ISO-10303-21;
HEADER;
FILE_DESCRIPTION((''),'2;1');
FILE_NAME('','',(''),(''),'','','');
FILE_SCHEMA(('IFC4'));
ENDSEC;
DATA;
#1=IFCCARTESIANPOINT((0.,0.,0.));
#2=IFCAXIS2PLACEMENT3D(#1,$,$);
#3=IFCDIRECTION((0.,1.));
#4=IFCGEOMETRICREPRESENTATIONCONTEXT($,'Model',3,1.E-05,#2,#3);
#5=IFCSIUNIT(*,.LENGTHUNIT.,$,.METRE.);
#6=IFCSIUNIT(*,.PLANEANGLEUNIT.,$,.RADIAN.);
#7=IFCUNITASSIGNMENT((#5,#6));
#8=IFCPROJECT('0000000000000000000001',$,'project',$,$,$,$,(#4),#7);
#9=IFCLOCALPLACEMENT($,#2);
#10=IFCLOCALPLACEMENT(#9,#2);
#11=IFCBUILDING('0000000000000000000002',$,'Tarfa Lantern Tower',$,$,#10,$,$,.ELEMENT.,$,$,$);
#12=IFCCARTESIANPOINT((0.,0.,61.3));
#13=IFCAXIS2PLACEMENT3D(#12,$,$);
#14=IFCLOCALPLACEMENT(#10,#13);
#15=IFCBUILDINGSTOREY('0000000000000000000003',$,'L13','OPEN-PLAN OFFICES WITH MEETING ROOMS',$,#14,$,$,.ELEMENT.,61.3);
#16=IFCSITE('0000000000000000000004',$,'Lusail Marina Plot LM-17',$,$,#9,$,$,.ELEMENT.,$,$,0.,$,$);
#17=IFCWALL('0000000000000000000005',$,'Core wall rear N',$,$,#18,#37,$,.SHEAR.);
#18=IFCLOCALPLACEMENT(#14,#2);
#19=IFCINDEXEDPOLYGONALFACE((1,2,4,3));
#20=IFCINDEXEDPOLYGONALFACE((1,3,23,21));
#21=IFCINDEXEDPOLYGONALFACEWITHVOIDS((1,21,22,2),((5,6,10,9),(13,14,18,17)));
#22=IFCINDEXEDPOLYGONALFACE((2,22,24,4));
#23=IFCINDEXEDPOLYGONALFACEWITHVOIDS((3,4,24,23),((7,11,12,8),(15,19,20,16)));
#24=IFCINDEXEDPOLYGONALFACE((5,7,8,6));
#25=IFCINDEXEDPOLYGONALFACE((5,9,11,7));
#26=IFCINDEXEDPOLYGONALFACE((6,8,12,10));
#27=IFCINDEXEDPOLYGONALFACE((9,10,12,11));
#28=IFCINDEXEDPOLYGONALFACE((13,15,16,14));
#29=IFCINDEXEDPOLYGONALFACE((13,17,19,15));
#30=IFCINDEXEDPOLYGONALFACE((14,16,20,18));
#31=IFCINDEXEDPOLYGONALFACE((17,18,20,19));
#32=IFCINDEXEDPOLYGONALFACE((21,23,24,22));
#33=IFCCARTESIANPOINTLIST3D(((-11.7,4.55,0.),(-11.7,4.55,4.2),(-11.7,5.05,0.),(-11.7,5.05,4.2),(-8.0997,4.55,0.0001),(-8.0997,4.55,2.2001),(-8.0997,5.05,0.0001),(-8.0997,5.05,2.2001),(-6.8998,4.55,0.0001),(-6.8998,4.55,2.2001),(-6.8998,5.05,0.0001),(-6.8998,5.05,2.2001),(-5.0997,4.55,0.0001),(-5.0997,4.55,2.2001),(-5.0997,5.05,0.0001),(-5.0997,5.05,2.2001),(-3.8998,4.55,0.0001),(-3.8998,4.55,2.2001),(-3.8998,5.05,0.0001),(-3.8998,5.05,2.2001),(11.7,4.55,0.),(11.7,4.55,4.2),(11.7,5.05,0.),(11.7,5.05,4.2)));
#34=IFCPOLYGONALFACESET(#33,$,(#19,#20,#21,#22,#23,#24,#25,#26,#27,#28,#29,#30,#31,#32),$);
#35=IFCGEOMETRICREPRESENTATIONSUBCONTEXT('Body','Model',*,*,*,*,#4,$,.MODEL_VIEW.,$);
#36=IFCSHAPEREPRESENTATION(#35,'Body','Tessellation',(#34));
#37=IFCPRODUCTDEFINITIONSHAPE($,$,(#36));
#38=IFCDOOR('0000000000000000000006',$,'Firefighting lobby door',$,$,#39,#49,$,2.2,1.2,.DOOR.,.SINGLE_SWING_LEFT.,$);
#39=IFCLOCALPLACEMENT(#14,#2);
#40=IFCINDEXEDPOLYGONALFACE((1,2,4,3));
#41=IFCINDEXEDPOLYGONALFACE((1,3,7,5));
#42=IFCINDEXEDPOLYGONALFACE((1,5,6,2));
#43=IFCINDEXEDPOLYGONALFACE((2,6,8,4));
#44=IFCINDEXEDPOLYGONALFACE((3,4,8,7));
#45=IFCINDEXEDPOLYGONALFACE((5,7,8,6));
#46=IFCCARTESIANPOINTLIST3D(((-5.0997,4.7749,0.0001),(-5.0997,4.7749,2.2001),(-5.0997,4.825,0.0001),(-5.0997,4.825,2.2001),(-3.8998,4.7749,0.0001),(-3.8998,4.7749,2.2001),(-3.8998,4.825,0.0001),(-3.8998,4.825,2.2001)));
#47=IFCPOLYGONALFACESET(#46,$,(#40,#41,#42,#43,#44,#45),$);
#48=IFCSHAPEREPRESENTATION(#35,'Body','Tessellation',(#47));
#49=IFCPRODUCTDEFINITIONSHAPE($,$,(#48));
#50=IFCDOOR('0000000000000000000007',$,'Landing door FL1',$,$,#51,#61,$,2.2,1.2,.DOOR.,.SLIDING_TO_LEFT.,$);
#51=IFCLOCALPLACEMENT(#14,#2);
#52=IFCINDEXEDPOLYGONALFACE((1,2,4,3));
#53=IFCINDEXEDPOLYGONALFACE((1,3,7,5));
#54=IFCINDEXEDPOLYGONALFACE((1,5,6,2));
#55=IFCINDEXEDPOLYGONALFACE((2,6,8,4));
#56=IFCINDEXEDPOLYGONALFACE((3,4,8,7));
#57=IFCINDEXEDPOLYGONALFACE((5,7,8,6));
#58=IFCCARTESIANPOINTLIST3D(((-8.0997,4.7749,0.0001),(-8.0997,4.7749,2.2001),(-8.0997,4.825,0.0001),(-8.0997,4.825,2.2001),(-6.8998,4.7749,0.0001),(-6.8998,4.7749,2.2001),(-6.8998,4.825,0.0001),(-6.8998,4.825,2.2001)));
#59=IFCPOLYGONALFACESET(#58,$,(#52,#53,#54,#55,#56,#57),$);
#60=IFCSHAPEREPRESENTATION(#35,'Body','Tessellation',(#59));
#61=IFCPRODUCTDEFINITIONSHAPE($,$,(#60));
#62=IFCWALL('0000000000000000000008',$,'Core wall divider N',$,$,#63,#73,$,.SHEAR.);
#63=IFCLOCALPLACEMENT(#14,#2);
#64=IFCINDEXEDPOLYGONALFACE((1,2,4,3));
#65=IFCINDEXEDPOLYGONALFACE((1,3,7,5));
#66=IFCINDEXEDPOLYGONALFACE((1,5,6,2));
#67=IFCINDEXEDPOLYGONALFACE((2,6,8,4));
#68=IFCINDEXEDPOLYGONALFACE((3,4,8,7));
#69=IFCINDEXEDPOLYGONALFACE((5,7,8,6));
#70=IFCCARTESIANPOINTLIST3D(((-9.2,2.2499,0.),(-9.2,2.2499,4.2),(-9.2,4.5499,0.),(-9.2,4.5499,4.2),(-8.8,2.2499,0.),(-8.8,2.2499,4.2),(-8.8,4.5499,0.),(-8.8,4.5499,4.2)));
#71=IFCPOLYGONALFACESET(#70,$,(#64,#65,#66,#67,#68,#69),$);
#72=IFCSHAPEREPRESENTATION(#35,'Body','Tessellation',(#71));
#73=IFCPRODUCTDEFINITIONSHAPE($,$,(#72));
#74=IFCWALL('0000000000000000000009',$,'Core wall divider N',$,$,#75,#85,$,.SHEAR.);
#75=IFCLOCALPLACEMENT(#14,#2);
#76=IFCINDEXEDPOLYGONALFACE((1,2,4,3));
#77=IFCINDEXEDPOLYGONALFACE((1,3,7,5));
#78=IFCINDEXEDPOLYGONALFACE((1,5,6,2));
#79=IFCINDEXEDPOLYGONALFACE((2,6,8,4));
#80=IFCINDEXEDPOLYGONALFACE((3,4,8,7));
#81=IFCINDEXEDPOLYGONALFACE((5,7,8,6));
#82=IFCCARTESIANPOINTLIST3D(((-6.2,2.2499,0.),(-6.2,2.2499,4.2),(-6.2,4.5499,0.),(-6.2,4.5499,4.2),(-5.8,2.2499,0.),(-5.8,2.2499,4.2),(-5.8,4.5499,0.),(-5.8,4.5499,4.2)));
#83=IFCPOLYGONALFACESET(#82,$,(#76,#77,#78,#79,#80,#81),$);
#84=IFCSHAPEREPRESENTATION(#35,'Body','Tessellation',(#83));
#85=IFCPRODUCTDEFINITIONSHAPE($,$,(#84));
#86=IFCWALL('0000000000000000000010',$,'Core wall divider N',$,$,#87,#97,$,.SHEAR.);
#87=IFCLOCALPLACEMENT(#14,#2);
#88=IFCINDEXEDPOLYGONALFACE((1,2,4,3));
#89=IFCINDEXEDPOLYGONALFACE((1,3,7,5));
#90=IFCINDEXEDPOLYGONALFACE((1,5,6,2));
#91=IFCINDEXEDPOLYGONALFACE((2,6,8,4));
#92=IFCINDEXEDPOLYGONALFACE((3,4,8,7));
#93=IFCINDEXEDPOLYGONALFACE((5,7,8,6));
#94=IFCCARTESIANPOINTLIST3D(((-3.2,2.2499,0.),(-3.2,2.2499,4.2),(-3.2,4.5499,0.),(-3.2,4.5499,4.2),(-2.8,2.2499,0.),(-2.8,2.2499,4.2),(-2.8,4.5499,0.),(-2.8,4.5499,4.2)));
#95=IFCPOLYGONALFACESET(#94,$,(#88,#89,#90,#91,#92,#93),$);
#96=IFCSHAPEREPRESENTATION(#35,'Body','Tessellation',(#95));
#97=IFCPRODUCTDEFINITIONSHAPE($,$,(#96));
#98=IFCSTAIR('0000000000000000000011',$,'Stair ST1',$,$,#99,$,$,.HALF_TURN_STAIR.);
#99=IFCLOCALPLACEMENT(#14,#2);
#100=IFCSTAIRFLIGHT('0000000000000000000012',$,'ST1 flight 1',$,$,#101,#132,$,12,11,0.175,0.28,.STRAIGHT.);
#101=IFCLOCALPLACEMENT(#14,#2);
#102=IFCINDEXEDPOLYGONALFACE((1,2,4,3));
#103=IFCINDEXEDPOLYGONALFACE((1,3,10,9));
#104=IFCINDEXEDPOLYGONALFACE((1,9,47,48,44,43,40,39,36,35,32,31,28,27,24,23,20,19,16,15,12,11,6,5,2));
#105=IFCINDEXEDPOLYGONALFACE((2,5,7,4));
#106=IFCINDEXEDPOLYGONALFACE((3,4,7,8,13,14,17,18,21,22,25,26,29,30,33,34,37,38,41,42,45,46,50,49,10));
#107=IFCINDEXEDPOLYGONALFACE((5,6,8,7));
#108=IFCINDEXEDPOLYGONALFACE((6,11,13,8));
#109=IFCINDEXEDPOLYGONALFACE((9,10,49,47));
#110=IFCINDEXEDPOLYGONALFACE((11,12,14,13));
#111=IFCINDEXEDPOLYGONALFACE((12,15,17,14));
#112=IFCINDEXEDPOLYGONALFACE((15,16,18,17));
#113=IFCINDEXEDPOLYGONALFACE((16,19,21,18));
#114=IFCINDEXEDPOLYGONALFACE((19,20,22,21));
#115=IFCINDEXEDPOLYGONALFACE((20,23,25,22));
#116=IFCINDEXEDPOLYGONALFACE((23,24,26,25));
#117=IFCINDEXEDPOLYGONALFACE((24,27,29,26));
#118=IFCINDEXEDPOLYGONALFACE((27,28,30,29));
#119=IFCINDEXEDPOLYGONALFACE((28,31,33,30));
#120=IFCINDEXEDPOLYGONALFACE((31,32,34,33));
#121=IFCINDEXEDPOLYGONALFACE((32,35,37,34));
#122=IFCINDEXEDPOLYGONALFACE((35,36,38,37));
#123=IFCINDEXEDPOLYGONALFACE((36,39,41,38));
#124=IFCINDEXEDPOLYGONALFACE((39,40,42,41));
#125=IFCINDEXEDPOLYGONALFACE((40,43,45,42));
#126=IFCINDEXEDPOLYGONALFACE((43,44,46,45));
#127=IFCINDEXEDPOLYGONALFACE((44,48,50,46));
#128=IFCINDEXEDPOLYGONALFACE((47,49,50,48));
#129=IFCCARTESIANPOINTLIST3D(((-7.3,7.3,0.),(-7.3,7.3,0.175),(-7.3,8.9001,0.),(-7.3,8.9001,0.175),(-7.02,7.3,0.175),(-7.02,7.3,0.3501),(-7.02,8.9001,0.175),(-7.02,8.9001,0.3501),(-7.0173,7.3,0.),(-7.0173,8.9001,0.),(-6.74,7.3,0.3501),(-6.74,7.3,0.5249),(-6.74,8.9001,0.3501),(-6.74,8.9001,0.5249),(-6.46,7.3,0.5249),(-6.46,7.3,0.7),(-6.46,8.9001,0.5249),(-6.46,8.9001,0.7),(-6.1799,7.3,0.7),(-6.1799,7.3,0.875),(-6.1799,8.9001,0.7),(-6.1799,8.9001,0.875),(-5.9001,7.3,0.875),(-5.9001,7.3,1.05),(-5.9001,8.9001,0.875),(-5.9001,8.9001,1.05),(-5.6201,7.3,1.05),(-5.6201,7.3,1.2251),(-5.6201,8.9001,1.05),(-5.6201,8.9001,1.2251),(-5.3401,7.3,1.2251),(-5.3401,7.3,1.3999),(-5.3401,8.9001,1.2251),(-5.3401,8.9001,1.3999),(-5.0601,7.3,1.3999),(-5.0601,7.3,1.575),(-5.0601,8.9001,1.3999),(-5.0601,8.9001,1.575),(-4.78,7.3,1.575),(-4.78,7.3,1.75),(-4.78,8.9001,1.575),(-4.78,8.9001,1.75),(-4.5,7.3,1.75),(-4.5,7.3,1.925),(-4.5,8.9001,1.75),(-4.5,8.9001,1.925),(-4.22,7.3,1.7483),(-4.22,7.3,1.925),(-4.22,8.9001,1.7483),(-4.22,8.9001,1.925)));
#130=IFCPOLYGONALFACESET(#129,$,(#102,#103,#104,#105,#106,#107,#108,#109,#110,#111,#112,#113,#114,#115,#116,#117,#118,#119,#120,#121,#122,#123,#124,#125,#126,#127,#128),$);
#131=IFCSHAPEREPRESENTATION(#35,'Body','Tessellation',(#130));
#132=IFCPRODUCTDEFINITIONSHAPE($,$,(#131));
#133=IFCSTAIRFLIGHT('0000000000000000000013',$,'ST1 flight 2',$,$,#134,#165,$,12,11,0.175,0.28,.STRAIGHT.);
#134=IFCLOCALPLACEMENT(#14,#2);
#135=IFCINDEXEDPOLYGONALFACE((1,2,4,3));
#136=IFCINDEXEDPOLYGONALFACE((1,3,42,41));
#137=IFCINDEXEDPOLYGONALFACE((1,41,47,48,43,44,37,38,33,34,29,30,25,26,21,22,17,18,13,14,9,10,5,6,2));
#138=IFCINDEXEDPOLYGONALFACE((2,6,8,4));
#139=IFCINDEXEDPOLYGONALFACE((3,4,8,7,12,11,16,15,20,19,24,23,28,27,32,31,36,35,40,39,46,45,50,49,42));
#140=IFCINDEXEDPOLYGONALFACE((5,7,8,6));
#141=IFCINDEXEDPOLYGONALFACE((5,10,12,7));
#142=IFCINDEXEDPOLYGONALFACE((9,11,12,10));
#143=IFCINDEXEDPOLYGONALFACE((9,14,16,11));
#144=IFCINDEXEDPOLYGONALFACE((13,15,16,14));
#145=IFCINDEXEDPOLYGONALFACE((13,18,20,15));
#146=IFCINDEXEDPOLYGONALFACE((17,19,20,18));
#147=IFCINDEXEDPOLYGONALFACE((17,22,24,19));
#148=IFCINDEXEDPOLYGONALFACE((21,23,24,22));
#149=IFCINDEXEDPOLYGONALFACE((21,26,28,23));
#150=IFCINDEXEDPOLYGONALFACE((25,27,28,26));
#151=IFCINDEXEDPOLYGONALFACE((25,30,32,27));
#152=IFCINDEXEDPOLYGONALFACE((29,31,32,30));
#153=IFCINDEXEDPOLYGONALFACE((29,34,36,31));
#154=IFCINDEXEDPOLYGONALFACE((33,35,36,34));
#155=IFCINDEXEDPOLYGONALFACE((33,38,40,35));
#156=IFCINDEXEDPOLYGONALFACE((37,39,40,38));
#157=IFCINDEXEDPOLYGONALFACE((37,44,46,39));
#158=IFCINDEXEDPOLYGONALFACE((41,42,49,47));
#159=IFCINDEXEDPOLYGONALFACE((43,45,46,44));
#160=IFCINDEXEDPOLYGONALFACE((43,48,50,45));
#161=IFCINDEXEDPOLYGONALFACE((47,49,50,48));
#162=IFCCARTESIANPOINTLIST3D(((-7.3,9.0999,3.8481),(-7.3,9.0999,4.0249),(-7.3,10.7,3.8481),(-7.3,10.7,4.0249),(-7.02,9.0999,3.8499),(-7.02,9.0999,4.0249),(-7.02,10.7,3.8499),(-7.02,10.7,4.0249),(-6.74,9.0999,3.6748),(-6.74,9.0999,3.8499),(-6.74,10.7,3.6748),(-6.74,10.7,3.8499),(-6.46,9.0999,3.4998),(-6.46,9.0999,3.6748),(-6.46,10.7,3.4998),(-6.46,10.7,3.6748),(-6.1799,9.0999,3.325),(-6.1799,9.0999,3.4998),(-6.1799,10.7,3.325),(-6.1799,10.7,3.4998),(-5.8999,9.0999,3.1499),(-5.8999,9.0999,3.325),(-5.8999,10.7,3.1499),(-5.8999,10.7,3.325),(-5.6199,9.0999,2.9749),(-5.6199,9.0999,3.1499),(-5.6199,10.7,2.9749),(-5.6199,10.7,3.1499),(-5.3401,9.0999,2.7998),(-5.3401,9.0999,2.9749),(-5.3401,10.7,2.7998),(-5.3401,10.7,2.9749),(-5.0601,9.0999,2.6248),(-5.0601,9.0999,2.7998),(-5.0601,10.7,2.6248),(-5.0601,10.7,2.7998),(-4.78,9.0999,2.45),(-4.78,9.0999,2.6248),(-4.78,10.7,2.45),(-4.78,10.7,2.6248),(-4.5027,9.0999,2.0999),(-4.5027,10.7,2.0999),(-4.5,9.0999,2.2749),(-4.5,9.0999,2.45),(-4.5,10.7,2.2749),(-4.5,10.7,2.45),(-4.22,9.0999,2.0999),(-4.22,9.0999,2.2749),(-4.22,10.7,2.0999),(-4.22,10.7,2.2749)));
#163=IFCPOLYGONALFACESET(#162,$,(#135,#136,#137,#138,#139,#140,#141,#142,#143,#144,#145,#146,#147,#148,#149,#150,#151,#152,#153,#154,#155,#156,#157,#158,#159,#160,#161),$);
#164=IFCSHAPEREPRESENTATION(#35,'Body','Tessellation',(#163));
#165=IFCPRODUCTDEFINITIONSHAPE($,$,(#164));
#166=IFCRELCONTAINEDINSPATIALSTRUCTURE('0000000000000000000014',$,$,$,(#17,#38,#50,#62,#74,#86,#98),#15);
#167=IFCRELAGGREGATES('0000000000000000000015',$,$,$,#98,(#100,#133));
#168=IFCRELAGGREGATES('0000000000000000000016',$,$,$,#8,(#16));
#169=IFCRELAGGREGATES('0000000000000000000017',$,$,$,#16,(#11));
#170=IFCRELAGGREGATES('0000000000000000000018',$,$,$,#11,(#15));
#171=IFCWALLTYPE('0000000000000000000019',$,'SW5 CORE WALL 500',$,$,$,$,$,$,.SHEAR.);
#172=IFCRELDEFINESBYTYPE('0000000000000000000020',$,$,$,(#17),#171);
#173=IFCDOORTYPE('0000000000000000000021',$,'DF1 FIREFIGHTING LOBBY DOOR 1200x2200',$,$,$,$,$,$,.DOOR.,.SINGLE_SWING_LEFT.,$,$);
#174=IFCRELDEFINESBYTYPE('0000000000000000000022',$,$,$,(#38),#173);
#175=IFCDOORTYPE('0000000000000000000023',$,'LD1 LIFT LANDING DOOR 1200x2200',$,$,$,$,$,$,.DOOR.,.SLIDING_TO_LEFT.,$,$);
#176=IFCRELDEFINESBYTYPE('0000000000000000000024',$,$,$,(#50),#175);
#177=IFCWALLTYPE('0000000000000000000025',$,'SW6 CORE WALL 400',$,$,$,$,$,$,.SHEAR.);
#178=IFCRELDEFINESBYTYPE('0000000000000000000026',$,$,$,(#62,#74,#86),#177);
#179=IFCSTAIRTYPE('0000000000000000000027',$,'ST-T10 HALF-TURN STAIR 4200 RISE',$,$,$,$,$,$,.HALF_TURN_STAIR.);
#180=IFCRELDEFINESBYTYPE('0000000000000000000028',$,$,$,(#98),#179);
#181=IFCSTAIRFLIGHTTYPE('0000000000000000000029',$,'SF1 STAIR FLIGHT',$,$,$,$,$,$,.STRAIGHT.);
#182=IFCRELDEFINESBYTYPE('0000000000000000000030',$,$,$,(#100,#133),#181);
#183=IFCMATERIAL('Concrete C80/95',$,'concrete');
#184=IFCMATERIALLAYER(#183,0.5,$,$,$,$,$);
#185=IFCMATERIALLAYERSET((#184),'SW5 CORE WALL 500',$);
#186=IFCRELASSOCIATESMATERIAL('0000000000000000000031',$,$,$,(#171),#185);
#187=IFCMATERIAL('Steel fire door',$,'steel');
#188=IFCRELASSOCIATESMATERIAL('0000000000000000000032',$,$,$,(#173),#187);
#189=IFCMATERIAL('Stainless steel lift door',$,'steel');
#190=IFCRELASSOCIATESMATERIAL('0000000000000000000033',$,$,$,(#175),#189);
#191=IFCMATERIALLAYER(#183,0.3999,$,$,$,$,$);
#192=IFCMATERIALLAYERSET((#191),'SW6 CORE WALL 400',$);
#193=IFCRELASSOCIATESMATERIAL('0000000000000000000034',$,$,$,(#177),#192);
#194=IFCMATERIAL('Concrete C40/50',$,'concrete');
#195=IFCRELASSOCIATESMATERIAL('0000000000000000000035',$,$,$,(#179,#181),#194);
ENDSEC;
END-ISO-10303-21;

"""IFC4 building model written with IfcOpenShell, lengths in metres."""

from ifc_helpers import new_model, si_unit, direction, frame, frame_2d, origin, place, context, subcontext, project, spatial, polyline, rectangle, outline, extrude, material, layer, layer_set, type_object, element, fill, aggregate, save


model = new_model("IFC4")

# Units and contexts
model_context = context("Model", 3, precision=1e-05, world=origin(), true_north=direction((0.0, 1.0)))
body_context = subcontext(model_context, "Body", "Model", "MODEL_VIEW")
ifc_project = project(units=[si_unit("LENGTHUNIT", "METRE"), si_unit("PLANEANGLEUNIT", "RADIAN")], contexts=[model_context])

# Site, building, storey
site_placement = place(None, origin())
site = spatial("IfcSite", under=ifc_project, at=site_placement, Name="Lusail Marina Plot LM-17", CompositionType="ELEMENT", RefElevation=0.0)
building_placement = place(site_placement, origin())
building = spatial("IfcBuilding", under=site, at=building_placement, Name="Tarfa Lantern Tower", CompositionType="ELEMENT")
storey_placement = place(building_placement, frame((0.0, 0.0, 61.3)))
storey = spatial("IfcBuildingStorey", under=building, at=storey_placement, Name="L13", Description="OPEN-PLAN OFFICES WITH MEETING ROOMS", CompositionType="ELEMENT", Elevation=61.3)

# Shared definitions
ifc_material_1 = material(Name="Concrete C80/95", Category="concrete")

# Shared definitions
ifc_material_2 = material(Name="Steel fire door", Category="steel")

# Wall, openings, doors
ifc_layer_1 = layer(ifc_material_1, 0.5)
ifc_layer_set_1 = layer_set([ifc_layer_1], Name="SW5 CORE WALL 500")
wall_type_1 = type_object("IfcWallType", Name="SW5 CORE WALL 500", PredefinedType="SHEAR", material=ifc_layer_set_1)
ifc_material_3 = material(Name="Stainless steel lift door", Category="steel")
wall_1_placement = place(storey_placement, frame((-11.7, 4.8, 0.0), z_axis=(0.0, 0.0, 1.0), x_axis=(1.0, 0.0, 0.0)))
wall_1 = element("IfcWall", 1, at=wall_1_placement, inside=storey, type_object=wall_type_1, Name="Core wall rear N", PredefinedType="SHEAR", context=body_context, shape_type="SweptSolid", body=[
    extrude(rectangle(XDim=23.3999, YDim=0.5, at=frame_2d((11.7, 0.0))), origin(), (0.0, 0.0, 1.0), 4.2),
])
opening_1_placement = place(wall_1_placement, frame((6.6001, 0.0, 0.0)))
opening_1 = element("IfcOpeningElement", 2, at=opening_1_placement, cuts=wall_1, PredefinedType="OPENING", context=body_context, shape_type="SweptSolid", body=[
    extrude(rectangle(XDim=1.2, YDim=2.2, at=frame_2d((0.6001, 1.1001))), frame((0.0, 0.26, 0.0), z_axis=(0.0, -1.0, 0.0), x_axis=(1.0, 0.0, 0.0)), (0.0, 0.0, 1.0), 0.52),
])
opening_2_placement = place(wall_1_placement, frame((3.6001, 0.0, 0.0)))
opening_2 = element("IfcOpeningElement", 3, at=opening_2_placement, cuts=wall_1, PredefinedType="OPENING", context=body_context, shape_type="SweptSolid", body=[
    extrude(rectangle(XDim=1.2, YDim=2.2, at=frame_2d((0.6001, 1.1001))), frame((0.0, 0.26, 0.0), z_axis=(0.0, -1.0, 0.0), x_axis=(1.0, 0.0, 0.0)), (0.0, 0.0, 1.0), 0.52),
])
door_type_1 = type_object("IfcDoorType", Name="DF1 FIREFIGHTING LOBBY DOOR 1200x2200", OperationType="SINGLE_SWING_LEFT", PredefinedType="DOOR", material=ifc_material_2)
door_1_placement = place(opening_1_placement, origin())
door_1 = element("IfcDoor", 4, at=door_1_placement, inside=storey, type_object=door_type_1, Name="Firefighting lobby door", OperationType="SINGLE_SWING_LEFT", OverallHeight=2.2, OverallWidth=1.2, PredefinedType="DOOR", context=body_context, shape_type="SweptSolid", body=[
    extrude(rectangle(XDim=1.2, YDim=2.2, at=frame_2d((0.6001, 1.1001))), frame((0.0, 0.0249, 0.0), z_axis=(0.0, -1.0, 0.0), x_axis=(1.0, 0.0, 0.0)), (0.0, 0.0, 1.0), 0.05),
])
fill(opening_1, door_1)
door_type_2 = type_object("IfcDoorType", Name="LD1 LIFT LANDING DOOR 1200x2200", OperationType="SLIDING_TO_LEFT", PredefinedType="DOOR", material=ifc_material_3)
door_2_placement = place(opening_2_placement, origin())
door_2 = element("IfcDoor", 5, at=door_2_placement, inside=storey, type_object=door_type_2, Name="Landing door FL1", OperationType="SLIDING_TO_LEFT", OverallHeight=2.2, OverallWidth=1.2, PredefinedType="DOOR", context=body_context, shape_type="SweptSolid", body=[
    extrude(rectangle(XDim=1.2, YDim=2.2, at=frame_2d((0.6001, 1.1001))), frame((0.0, 0.0249, 0.0), z_axis=(0.0, -1.0, 0.0), x_axis=(1.0, 0.0, 0.0)), (0.0, 0.0, 1.0), 0.05),
])
fill(opening_2, door_2)

# Walls
ifc_layer_2 = layer(ifc_material_1, 0.3999)
ifc_layer_set_2 = layer_set([ifc_layer_2], Name="SW6 CORE WALL 400")
wall_type_2 = type_object("IfcWallType", Name="SW6 CORE WALL 400", PredefinedType="SHEAR", material=ifc_layer_set_2)
for number, where, z_axis, x_axis, name in (
    (6, (-9.0, 2.25, 0.0), (0.0, 0.0, 1.0), (0.0, 1.0, 0.0), "Core wall divider N"),
    (7, (-6.0, 2.25, 0.0), (0.0, 0.0, 1.0), (0.0, 1.0, 0.0), "Core wall divider N"),
    (8, (-3.0, 2.25, 0.0), (0.0, 0.0, 1.0), (0.0, 1.0, 0.0), "Core wall divider N"),
):
    element("IfcWall", number, at=place(storey_placement, frame(where, z_axis=z_axis, x_axis=x_axis)), inside=storey, type_object=wall_type_2, Name=name, PredefinedType="SHEAR", context=body_context, shape_type="SweptSolid", body=[
        extrude(rectangle(XDim=2.3, YDim=0.3999, at=frame_2d((1.1499, 0.0))), origin(), (0.0, 0.0, 1.0), 4.2),
    ])

# Stair, stair flights
ifc_material_4 = material(Name="Concrete C40/50", Category="concrete")
stair_type = type_object("IfcStairType", Name="ST-T10 HALF-TURN STAIR 4200 RISE", PredefinedType="HALF_TURN_STAIR", material=ifc_material_4)
stair_placement = place(storey_placement, origin())
stair = element("IfcStair", 9, at=stair_placement, inside=storey, type_object=stair_type, Name="Stair ST1", PredefinedType="HALF_TURN_STAIR")
stair_flight_type = type_object("IfcStairFlightType", Name="SF1 STAIR FLIGHT", PredefinedType="STRAIGHT", material=ifc_material_4)
stair_flight_1_placement = place(storey_placement, frame((-7.3, 8.1001, 0.0), z_axis=(0.0, 0.0, 1.0), x_axis=(1.0, 0.0, 0.0)))
stair_flight_1 = element("IfcStairFlight", 10, at=stair_flight_1_placement, type_object=stair_flight_type, Name="ST1 flight 1", NumberOfRisers=12, NumberOfTreads=11, PredefinedType="STRAIGHT", RiserHeight=0.175, TreadLength=0.28, context=body_context, shape_type="SweptSolid", body=[
    extrude(outline(polyline([(0.0, 0.0), (0.0, 0.175), (0.28, 0.175), (0.28, 0.3501), (0.5601, 0.3501), (0.5601, 0.5249), (0.8401, 0.5249), (0.8401, 0.7), (1.1201, 0.7), (1.1201, 0.875), (1.3999, 0.875), (1.3999, 1.05), (1.6799, 1.05), (1.6799, 1.2251), (1.96, 1.2251), (1.96, 1.3999), (2.24, 1.3999), (2.24, 1.575), (2.52, 1.575), (2.52, 1.75), (2.8, 1.75), (2.8, 1.925), (3.0801, 1.925), (3.0801, 2.1001), (3.0801, 1.7483), (0.2827, 0.0), (0.0, 0.0)])), frame((0.0, 0.8, 0.0), z_axis=(0.0, -1.0, 0.0), x_axis=(1.0, 0.0, 0.0)), (0.0, 0.0, 1.0), 1.6001),
])
stair_flight_2_placement = place(storey_placement, frame((-4.22, 9.8999, 2.0999), z_axis=(0.0, 0.0, 1.0), x_axis=(-1.0, 0.0, 0.0)))
stair_flight_2 = element("IfcStairFlight", 11, at=stair_flight_2_placement, type_object=stair_flight_type, Name="ST1 flight 2", NumberOfRisers=12, NumberOfTreads=11, PredefinedType="STRAIGHT", RiserHeight=0.175, TreadLength=0.28, context=body_context, shape_type="SweptSolid", body=[
    extrude(outline(polyline([(0.0, 0.0), (0.0, 0.175), (0.28, 0.175), (0.28, 0.3501), (0.5601, 0.3501), (0.5601, 0.5249), (0.8401, 0.5249), (0.8401, 0.7), (1.1201, 0.7), (1.1201, 0.875), (1.3999, 0.875), (1.3999, 1.05), (1.6799, 1.05), (1.6799, 1.2251), (1.96, 1.2251), (1.96, 1.3999), (2.24, 1.3999), (2.24, 1.575), (2.52, 1.575), (2.52, 1.75), (2.8, 1.75), (2.8, 1.925), (3.0801, 1.925), (3.0801, 2.1001), (3.0801, 1.7483), (0.2827, 0.0), (0.0, 0.0)])), frame((0.0, 0.8, 0.0), z_axis=(0.0, -1.0, 0.0), x_axis=(1.0, 0.0, 0.0)), (0.0, 0.0, 1.0), 1.6001),
])
aggregate(stair, [stair_flight_1, stair_flight_2])

save(model, "model.ifc")
